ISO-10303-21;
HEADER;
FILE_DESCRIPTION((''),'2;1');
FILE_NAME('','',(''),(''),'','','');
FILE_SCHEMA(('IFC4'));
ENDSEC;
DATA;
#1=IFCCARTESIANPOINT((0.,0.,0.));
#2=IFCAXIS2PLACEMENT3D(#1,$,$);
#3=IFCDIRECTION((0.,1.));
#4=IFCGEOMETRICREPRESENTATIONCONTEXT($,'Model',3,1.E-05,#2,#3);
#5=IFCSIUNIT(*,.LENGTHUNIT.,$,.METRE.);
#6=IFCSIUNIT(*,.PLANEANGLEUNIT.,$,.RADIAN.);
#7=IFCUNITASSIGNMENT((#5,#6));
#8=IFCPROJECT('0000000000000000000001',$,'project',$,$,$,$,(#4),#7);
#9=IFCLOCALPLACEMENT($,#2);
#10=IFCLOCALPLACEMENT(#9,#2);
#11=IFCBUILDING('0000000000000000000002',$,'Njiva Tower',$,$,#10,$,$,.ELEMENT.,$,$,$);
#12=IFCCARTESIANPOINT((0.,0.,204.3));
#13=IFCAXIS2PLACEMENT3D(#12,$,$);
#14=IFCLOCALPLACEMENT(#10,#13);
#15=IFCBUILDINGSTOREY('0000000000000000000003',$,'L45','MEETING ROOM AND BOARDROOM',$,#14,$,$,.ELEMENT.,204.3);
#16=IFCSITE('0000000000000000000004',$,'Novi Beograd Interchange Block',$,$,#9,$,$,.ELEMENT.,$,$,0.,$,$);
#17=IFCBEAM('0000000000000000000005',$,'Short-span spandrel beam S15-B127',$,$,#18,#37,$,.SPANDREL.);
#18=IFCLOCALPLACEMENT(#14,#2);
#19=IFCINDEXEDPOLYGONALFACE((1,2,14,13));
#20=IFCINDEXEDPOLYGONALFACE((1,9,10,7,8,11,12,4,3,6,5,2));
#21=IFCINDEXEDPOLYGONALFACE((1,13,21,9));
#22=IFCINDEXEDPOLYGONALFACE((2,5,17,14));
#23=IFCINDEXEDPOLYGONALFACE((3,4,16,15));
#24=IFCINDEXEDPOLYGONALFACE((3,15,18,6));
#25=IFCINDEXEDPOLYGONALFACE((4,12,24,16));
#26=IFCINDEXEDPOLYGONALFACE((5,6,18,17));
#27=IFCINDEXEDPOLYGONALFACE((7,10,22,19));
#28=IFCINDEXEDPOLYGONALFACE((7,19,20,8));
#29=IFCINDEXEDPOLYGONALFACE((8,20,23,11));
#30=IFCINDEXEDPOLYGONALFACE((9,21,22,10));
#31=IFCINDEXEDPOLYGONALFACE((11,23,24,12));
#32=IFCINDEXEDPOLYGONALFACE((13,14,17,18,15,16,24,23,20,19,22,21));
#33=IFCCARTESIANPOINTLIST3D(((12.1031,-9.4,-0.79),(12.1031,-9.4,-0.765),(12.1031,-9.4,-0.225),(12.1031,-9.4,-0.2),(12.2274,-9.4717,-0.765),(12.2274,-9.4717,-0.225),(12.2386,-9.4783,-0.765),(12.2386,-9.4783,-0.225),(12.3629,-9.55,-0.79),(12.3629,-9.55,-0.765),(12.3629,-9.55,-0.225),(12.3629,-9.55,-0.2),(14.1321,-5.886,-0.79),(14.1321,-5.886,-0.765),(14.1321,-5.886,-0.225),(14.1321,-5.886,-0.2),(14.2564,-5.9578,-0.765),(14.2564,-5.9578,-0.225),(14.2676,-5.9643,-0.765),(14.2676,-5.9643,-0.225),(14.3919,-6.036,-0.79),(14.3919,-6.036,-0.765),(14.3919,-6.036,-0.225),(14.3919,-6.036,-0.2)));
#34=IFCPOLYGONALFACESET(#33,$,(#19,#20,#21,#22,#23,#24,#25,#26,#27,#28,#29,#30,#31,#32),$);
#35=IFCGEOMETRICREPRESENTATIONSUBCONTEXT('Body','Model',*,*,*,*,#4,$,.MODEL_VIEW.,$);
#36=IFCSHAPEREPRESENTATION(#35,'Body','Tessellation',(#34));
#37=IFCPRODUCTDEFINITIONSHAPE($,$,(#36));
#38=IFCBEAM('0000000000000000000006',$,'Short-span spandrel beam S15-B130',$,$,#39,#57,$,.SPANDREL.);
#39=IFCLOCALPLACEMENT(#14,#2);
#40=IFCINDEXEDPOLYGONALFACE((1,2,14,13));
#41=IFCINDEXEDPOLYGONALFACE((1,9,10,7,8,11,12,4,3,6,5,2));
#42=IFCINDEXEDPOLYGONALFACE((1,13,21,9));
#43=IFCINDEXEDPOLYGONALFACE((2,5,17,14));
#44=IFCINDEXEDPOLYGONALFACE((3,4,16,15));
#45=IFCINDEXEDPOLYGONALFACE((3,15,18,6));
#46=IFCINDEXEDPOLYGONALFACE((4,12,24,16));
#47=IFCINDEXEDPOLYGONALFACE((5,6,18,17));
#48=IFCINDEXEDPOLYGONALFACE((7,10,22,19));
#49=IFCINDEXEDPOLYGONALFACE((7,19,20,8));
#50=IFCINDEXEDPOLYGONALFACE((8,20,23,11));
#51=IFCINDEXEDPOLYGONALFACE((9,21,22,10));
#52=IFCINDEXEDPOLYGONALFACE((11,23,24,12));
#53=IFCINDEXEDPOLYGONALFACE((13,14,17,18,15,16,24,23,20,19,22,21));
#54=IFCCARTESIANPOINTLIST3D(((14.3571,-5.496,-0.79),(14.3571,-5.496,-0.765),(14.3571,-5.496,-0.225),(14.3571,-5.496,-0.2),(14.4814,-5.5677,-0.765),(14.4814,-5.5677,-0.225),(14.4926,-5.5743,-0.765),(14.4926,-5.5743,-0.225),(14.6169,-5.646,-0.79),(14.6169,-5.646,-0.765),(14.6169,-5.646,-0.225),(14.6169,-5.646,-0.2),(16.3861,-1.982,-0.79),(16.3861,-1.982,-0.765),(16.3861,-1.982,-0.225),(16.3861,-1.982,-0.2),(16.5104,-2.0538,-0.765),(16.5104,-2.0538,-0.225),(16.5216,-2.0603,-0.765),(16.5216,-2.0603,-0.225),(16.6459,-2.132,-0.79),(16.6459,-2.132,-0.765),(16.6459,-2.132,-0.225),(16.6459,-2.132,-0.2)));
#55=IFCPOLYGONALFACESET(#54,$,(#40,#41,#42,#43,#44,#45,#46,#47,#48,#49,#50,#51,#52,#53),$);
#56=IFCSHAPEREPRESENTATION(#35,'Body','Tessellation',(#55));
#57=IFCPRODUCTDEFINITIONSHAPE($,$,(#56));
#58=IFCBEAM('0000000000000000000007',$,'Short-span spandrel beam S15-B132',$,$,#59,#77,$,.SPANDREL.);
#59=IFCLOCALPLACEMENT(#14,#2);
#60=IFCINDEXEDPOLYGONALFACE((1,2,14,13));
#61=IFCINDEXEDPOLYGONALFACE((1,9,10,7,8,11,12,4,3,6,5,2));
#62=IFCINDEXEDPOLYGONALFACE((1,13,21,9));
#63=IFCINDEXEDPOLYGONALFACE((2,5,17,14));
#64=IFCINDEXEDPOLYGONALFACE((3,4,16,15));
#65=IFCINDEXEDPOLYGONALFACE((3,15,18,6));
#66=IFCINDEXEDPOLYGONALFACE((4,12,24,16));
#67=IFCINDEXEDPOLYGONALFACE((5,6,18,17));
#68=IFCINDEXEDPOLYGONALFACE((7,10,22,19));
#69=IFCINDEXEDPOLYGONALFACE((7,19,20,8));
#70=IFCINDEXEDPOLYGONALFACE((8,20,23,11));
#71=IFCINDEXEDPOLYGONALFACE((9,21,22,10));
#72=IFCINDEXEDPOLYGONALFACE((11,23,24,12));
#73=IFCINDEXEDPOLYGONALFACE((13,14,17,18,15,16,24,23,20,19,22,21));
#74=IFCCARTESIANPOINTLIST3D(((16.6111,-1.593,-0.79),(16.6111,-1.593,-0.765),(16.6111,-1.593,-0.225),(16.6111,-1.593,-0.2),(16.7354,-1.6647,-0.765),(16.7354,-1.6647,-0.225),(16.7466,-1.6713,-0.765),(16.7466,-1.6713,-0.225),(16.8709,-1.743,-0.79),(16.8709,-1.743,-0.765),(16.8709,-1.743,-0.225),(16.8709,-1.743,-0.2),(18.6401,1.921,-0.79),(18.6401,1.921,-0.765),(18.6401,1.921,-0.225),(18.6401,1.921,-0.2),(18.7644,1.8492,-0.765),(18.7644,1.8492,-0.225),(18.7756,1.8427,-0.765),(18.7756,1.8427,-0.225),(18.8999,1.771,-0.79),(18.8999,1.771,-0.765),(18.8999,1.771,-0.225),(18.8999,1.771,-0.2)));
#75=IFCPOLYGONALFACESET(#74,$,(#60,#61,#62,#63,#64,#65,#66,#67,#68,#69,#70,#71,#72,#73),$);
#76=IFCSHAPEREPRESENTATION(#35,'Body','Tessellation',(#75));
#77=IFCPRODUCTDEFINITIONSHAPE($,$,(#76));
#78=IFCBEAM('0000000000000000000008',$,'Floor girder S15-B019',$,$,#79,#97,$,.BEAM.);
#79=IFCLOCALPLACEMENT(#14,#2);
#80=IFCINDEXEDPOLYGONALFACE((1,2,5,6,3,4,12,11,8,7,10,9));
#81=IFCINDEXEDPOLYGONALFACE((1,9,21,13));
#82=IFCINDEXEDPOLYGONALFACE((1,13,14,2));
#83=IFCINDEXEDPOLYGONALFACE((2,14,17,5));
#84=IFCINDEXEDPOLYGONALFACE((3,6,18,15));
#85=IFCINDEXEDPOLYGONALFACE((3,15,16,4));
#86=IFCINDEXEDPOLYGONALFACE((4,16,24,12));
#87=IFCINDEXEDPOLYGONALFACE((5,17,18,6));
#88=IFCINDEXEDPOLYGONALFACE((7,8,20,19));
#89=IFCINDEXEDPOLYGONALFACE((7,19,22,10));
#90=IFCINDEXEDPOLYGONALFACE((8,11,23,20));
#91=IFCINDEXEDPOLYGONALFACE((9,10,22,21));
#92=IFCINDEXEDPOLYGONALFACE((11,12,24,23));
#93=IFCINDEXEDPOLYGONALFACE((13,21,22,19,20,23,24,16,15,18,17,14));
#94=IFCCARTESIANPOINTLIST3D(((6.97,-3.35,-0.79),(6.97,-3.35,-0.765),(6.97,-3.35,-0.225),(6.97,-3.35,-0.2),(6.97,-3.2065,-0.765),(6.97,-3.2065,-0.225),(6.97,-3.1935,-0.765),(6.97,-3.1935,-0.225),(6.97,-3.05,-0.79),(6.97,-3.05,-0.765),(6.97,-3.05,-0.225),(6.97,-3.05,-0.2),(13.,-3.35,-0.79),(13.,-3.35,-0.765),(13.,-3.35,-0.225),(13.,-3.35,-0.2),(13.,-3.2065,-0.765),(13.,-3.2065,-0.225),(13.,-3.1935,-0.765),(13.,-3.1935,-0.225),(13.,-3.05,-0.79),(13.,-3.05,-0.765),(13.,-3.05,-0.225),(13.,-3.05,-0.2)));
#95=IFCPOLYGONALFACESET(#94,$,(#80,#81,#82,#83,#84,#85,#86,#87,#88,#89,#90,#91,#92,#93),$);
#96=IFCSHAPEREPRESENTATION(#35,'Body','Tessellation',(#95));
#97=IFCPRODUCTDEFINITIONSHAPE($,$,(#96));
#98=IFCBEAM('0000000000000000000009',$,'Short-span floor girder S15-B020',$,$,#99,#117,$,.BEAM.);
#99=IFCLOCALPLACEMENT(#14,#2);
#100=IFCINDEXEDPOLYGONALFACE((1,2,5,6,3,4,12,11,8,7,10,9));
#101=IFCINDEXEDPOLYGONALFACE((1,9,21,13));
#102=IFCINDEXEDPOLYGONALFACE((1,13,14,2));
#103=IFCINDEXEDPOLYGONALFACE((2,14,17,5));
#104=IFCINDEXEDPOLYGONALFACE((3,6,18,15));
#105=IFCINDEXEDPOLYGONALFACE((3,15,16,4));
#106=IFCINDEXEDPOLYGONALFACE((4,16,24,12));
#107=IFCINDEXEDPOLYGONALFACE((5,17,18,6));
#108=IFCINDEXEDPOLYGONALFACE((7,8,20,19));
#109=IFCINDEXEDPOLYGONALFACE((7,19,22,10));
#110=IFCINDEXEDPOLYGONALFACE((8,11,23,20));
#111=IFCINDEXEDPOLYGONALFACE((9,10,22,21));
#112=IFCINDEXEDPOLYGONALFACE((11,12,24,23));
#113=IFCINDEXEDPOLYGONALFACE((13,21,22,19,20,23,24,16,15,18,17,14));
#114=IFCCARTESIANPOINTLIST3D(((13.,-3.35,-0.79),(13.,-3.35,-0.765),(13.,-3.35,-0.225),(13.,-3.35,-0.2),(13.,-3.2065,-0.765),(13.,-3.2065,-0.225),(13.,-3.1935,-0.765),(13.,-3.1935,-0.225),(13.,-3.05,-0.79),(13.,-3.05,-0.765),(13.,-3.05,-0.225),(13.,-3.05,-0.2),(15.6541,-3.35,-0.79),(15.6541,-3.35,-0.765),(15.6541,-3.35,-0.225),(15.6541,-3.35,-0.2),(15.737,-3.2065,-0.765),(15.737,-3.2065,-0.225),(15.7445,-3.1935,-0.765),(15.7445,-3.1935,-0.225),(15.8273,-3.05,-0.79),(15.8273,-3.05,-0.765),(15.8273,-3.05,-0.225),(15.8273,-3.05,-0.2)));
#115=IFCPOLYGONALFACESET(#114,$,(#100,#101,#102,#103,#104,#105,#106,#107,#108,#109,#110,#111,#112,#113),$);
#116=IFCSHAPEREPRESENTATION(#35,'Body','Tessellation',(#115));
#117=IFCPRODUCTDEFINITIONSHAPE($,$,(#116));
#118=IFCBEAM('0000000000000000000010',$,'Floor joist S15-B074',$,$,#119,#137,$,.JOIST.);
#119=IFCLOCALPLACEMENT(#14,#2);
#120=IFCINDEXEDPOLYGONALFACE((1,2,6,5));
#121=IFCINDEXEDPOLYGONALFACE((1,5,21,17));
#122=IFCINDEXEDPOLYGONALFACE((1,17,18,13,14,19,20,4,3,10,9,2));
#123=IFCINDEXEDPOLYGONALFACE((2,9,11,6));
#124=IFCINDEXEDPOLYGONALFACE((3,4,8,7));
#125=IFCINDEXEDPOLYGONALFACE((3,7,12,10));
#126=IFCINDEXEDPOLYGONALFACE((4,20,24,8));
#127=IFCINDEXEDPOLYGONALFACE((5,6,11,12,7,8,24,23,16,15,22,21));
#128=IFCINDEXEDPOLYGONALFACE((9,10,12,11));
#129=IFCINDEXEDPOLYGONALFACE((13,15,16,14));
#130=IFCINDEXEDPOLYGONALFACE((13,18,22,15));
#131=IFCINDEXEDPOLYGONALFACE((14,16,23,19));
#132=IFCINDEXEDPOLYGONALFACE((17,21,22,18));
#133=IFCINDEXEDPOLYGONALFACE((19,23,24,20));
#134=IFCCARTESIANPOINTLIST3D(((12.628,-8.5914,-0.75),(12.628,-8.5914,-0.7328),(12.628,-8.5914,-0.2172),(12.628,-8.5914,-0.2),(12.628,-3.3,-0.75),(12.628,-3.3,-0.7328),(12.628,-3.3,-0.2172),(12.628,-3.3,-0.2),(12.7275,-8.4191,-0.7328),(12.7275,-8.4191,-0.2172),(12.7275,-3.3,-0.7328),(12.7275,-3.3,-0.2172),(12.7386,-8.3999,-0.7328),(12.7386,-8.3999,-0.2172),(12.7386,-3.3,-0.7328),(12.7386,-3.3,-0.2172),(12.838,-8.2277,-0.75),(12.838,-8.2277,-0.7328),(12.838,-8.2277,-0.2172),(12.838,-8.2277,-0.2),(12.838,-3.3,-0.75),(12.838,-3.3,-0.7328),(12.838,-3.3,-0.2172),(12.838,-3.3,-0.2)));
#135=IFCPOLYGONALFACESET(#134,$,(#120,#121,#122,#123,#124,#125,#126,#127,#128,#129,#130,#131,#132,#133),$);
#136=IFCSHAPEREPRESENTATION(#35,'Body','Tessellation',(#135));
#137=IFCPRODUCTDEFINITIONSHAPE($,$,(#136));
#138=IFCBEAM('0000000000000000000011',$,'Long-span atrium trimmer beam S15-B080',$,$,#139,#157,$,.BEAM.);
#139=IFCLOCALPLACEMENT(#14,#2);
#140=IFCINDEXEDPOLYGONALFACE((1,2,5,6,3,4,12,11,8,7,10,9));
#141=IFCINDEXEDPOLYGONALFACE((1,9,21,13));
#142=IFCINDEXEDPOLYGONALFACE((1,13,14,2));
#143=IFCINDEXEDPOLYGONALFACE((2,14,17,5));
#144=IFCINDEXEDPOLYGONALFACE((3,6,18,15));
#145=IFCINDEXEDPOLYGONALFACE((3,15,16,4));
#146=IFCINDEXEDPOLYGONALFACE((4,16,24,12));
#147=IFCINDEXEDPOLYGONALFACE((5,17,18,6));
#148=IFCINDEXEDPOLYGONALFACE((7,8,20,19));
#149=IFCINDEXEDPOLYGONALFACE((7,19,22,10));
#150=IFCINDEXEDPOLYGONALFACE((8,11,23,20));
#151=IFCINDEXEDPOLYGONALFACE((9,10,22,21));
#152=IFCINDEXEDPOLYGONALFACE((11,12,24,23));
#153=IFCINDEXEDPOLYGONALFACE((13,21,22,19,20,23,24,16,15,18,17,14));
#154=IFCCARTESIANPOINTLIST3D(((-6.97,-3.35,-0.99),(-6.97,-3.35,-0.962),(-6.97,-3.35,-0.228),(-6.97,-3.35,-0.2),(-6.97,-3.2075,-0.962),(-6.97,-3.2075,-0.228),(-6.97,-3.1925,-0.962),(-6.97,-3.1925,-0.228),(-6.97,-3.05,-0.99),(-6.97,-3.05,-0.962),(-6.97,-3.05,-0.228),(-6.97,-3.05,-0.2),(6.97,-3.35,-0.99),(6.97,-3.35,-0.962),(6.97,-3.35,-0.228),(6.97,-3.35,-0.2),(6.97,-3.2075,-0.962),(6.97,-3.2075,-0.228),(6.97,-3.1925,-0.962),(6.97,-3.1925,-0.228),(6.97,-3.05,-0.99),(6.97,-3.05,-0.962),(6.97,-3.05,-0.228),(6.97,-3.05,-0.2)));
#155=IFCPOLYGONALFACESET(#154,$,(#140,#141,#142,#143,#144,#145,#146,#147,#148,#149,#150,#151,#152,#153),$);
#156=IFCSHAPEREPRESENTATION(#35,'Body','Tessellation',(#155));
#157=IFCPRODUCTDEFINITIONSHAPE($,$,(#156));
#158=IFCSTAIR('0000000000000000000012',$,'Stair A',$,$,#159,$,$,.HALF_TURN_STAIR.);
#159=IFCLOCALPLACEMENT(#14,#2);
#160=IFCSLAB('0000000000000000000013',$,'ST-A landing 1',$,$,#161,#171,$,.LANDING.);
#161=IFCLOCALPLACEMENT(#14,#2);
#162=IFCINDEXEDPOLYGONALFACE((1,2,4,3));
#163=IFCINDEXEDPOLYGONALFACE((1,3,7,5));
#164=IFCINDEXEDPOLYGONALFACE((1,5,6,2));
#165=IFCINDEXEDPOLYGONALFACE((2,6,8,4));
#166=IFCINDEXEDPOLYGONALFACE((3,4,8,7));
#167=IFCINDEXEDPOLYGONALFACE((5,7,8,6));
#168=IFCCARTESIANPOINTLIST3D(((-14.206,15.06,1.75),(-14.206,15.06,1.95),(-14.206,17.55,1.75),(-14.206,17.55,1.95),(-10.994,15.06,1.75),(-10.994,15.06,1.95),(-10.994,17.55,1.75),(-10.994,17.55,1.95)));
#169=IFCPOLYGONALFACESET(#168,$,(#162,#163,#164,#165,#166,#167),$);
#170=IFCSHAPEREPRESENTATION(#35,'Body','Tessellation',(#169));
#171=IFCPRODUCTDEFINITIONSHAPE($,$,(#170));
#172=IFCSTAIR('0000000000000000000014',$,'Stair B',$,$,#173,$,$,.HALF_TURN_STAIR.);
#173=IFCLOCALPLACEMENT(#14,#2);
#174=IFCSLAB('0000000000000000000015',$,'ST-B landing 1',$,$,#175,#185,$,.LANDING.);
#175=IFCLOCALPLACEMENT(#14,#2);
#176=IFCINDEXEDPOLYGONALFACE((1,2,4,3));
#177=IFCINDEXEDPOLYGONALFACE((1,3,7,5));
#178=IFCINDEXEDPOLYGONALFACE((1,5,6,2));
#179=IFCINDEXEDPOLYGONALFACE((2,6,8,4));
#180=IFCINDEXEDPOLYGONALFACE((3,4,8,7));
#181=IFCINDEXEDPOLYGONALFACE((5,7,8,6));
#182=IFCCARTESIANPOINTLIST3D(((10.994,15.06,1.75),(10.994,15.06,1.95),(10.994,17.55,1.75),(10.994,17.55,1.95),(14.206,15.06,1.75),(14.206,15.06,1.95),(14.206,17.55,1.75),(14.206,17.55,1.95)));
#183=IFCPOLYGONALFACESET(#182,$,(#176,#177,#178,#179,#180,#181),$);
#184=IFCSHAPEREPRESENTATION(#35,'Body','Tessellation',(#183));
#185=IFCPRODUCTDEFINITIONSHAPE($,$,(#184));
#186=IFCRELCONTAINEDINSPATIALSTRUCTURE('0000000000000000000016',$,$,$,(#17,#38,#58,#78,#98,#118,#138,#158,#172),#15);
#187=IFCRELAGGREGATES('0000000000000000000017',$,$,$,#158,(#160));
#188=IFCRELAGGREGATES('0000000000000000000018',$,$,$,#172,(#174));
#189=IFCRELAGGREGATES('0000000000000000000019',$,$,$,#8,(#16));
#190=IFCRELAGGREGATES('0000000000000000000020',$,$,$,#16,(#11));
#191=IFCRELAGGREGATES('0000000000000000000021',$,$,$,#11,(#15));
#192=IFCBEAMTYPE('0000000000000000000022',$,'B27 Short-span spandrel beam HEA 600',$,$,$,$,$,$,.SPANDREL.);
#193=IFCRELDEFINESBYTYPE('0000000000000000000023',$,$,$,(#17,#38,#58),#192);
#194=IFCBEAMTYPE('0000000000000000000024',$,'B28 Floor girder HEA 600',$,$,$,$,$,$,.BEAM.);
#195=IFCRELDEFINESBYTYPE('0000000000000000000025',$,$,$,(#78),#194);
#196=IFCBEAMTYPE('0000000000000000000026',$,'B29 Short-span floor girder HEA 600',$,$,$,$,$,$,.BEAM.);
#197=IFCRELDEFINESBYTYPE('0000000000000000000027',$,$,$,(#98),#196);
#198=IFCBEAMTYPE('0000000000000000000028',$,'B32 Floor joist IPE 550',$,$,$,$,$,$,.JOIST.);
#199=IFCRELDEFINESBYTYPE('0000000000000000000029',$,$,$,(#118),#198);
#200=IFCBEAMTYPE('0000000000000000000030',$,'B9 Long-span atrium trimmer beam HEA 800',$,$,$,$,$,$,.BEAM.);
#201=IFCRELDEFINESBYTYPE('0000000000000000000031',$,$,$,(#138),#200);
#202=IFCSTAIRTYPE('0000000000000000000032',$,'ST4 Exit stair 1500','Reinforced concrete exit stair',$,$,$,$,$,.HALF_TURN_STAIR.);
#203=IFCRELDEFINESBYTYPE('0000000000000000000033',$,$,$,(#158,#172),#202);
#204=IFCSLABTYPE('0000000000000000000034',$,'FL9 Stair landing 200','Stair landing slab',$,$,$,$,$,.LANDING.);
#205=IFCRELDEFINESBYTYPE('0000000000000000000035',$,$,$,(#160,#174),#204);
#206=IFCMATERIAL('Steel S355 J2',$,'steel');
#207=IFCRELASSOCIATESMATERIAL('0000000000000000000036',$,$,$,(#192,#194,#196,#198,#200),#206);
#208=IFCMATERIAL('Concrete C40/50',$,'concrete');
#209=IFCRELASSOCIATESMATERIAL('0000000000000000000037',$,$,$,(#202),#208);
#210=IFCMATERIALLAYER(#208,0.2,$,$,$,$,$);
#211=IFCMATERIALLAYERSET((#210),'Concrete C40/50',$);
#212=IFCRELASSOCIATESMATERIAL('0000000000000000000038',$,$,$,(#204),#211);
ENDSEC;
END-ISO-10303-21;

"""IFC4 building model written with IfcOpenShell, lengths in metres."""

from ifc_helpers import new_model, si_unit, direction, frame, origin, origin_2d, place, context, subcontext, project, spatial, polyline, i_section, outline, extrude, clip, halfspace, material, layer, layer_set, material_profile, profile_set, type_object, element, aggregate, save


model = new_model("IFC4")

# Units and contexts
model_context = context("Model", 3, precision=1e-05, world=origin(), true_north=direction((0.0, 1.0)))
body_context = subcontext(model_context, "Body", "Model", "MODEL_VIEW")
ifc_project = project(units=[si_unit("LENGTHUNIT", "METRE"), si_unit("PLANEANGLEUNIT", "RADIAN")], contexts=[model_context])

# Site, building, storey
site_placement = place(None, origin())
site = spatial("IfcSite", under=ifc_project, at=site_placement, Name="Novi Beograd Interchange Block", CompositionType="ELEMENT", RefElevation=0.0)
building_placement = place(site_placement, origin())
building = spatial("IfcBuilding", under=site, at=building_placement, Name="Njiva Tower", CompositionType="ELEMENT")
storey_placement = place(building_placement, frame((0.0, 0.0, 204.3)))
storey = spatial("IfcBuildingStorey", under=building, at=storey_placement, Name="L45", Description="MEETING ROOM AND BOARDROOM", CompositionType="ELEMENT", Elevation=204.3)

# Shared definitions
ifc_material_1 = material(Name="Steel S355 J2", Category="steel")

# Beams
ifc_material_profile_1 = material_profile(ifc_material_1, i_section(OverallWidth=0.3, OverallDepth=0.59, WebThickness=0.013, FlangeThickness=0.025, at=origin_2d()), Name="HEA 600")
ifc_profile_set_1 = profile_set([ifc_material_profile_1], Name="Steel S355 J2")
beam_type_1 = type_object("IfcBeamType", Name="B27 Short-span spandrel beam HEA 600", PredefinedType="SPANDREL", material=ifc_profile_set_1)
for number, where, z_axis, x_axis, name in (
    (1, (12.233, -9.475, -0.495), (0.500035, 0.866005, 0.0), (-0.866005, 0.500035, 0.0), "Short-span spandrel beam S15-B127"),
    (2, (14.487, -5.571, -0.495), (0.500035, 0.866005, 0.0), (-0.866005, 0.500035, 0.0), "Short-span spandrel beam S15-B130"),
    (3, (16.741, -1.668, -0.495), (0.500035, 0.866005, 0.0), (-0.866005, 0.500035, 0.0), "Short-span spandrel beam S15-B132"),
):
    element("IfcBeam", number, at=place(storey_placement, frame(where, z_axis=z_axis, x_axis=x_axis)), inside=storey, type_object=beam_type_1, Name=name, PredefinedType="SPANDREL", context=body_context, shape_type="SweptSolid", body=[
        extrude(i_section(OverallWidth=0.3, OverallDepth=0.59, WebThickness=0.013, FlangeThickness=0.025, at=origin_2d()), origin(), (0.0, 0.0, 1.0), 4.0577),
    ])
ifc_material_profile_2 = material_profile(ifc_material_1, i_section(OverallWidth=0.3, OverallDepth=0.59, WebThickness=0.013, FlangeThickness=0.025, at=origin_2d()), Name="HEA 600")
ifc_profile_set_2 = profile_set([ifc_material_profile_2], Name="Steel S355 J2")
beam_type_2 = type_object("IfcBeamType", Name="B28 Floor girder HEA 600", PredefinedType="BEAM", material=ifc_profile_set_2)
beam_1_placement = place(storey_placement, frame((6.97, -3.2, -0.495), z_axis=(1.0, 0.0, 0.0), x_axis=(0.0, 1.0, 0.0)))
element("IfcBeam", 4, at=beam_1_placement, inside=storey, type_object=beam_type_2, Name="Floor girder S15-B019", PredefinedType="BEAM", context=body_context, shape_type="SweptSolid", body=[
    extrude(i_section(OverallWidth=0.3, OverallDepth=0.59, WebThickness=0.013, FlangeThickness=0.025, at=origin_2d()), origin(), (0.0, 0.0, 1.0), 6.03),
])
ifc_material_profile_3 = material_profile(ifc_material_1, i_section(OverallWidth=0.3, OverallDepth=0.59, WebThickness=0.013, FlangeThickness=0.025, at=origin_2d()), Name="HEA 600")
ifc_profile_set_3 = profile_set([ifc_material_profile_3], Name="Steel S355 J2")
beam_type_3 = type_object("IfcBeamType", Name="B29 Short-span floor girder HEA 600", PredefinedType="BEAM", material=ifc_profile_set_3)
beam_2_placement = place(storey_placement, frame((13.0, -3.2, -0.495), z_axis=(1.0, 0.0, 0.0), x_axis=(0.0, 1.0, 0.0)))
element("IfcBeam", 5, at=beam_2_placement, inside=storey, type_object=beam_type_3, Name="Short-span floor girder S15-B020", PredefinedType="BEAM", context=body_context, shape_type="Clipping", body=[
    clip(extrude(i_section(OverallWidth=0.3, OverallDepth=0.59, WebThickness=0.013, FlangeThickness=0.025, at=origin_2d()), origin(), (0.0, 0.0, 1.0), 2.848), halfspace(frame((-0.025, 0.0, 2.7263), z_axis=(-0.499998, 0.0, 0.866027), x_axis=(0.0, 1.0, 0.0)), False)),
])
ifc_material_profile_4 = material_profile(ifc_material_1, i_section(OverallWidth=0.21, OverallDepth=0.55, WebThickness=0.0111, FlangeThickness=0.0172, at=origin_2d()), Name="IPE 550")
ifc_profile_set_4 = profile_set([ifc_material_profile_4], Name="Steel S355 J2")
beam_type_4 = type_object("IfcBeamType", Name="B32 Floor joist IPE 550", PredefinedType="JOIST", material=ifc_profile_set_4)
beam_3_placement = place(storey_placement, frame((12.733, -3.3, -0.475), z_axis=(0.0, -1.0, 0.0), x_axis=(1.0, 0.0, 0.0)))
element("IfcBeam", 6, at=beam_3_placement, inside=storey, type_object=beam_type_4, Name="Floor joist S15-B074", PredefinedType="JOIST", context=body_context, shape_type="Clipping", body=[
    clip(extrude(i_section(OverallWidth=0.21, OverallDepth=0.55, WebThickness=0.0111, FlangeThickness=0.0172, at=origin_2d()), origin(), (0.0, 0.0, 1.0), 5.311), halfspace(frame((0.0436, 0.0, 5.034), z_axis=(0.866027, 0.0, 0.499998), x_axis=(0.0, 1.0, 0.0)), False)),
])
ifc_material_profile_5 = material_profile(ifc_material_1, i_section(OverallWidth=0.3, OverallDepth=0.79, WebThickness=0.015, FlangeThickness=0.028, at=origin_2d()), Name="HEA 800")
ifc_profile_set_5 = profile_set([ifc_material_profile_5], Name="Steel S355 J2")
beam_type_5 = type_object("IfcBeamType", Name="B9 Long-span atrium trimmer beam HEA 800", PredefinedType="BEAM", material=ifc_profile_set_5)
beam_4_placement = place(storey_placement, frame((6.97, -3.2, -0.595), z_axis=(-1.0, 0.0, 0.0), x_axis=(0.0, -1.0, 0.0)))
element("IfcBeam", 7, at=beam_4_placement, inside=storey, type_object=beam_type_5, Name="Long-span atrium trimmer beam S15-B080", PredefinedType="BEAM", context=body_context, shape_type="SweptSolid", body=[
    extrude(i_section(OverallWidth=0.3, OverallDepth=0.79, WebThickness=0.015, FlangeThickness=0.028, at=origin_2d()), origin(), (0.0, 0.0, 1.0), 13.94),
])

# Stairs, slabs
ifc_material_2 = material(Name="Concrete C40/50", Category="concrete")
stair_type_1 = type_object("IfcStairType", Name="ST4 Exit stair 1500", Description="Reinforced concrete exit stair", PredefinedType="HALF_TURN_STAIR", material=ifc_material_2)
stair_1_placement = place(storey_placement, origin())
stair_1 = element("IfcStair", 8, at=stair_1_placement, inside=storey, type_object=stair_type_1, Name="Stair A", PredefinedType="HALF_TURN_STAIR")
ifc_layer_1 = layer(ifc_material_2, 0.2)
ifc_layer_set_1 = layer_set([ifc_layer_1], Name="Concrete C40/50")
slab_type_1 = type_object("IfcSlabType", Name="FL9 Stair landing 200", Description="Stair landing slab", PredefinedType="LANDING", material=ifc_layer_set_1)
slab_1_placement = place(storey_placement, frame((0.0, 0.0, 1.75)))
slab_1 = element("IfcSlab", 9, at=slab_1_placement, type_object=slab_type_1, Name="ST-A landing 1", PredefinedType="LANDING", context=body_context, shape_type="SweptSolid", body=[
    extrude(outline(polyline([(-14.206, 15.06), (-10.994, 15.06), (-10.994, 17.55), (-14.206, 17.55), (-14.206, 15.06)])), origin(), (0.0, 0.0, 1.0), 0.2),
])
aggregate(stair_1, [slab_1])
stair_2_placement = place(storey_placement, origin())
stair_2 = element("IfcStair", 10, at=stair_2_placement, inside=storey, type_object=stair_type_1, Name="Stair B", PredefinedType="HALF_TURN_STAIR")
slab_2_placement = place(storey_placement, frame((0.0, 0.0, 1.75)))
slab_2 = element("IfcSlab", 11, at=slab_2_placement, type_object=slab_type_1, Name="ST-B landing 1", PredefinedType="LANDING", context=body_context, shape_type="SweptSolid", body=[
    extrude(outline(polyline([(10.994, 15.06), (14.206, 15.06), (14.206, 17.55), (10.994, 17.55), (10.994, 15.06)])), origin(), (0.0, 0.0, 1.0), 0.2),
])
aggregate(stair_2, [slab_2])

save(model, "model.ifc")
